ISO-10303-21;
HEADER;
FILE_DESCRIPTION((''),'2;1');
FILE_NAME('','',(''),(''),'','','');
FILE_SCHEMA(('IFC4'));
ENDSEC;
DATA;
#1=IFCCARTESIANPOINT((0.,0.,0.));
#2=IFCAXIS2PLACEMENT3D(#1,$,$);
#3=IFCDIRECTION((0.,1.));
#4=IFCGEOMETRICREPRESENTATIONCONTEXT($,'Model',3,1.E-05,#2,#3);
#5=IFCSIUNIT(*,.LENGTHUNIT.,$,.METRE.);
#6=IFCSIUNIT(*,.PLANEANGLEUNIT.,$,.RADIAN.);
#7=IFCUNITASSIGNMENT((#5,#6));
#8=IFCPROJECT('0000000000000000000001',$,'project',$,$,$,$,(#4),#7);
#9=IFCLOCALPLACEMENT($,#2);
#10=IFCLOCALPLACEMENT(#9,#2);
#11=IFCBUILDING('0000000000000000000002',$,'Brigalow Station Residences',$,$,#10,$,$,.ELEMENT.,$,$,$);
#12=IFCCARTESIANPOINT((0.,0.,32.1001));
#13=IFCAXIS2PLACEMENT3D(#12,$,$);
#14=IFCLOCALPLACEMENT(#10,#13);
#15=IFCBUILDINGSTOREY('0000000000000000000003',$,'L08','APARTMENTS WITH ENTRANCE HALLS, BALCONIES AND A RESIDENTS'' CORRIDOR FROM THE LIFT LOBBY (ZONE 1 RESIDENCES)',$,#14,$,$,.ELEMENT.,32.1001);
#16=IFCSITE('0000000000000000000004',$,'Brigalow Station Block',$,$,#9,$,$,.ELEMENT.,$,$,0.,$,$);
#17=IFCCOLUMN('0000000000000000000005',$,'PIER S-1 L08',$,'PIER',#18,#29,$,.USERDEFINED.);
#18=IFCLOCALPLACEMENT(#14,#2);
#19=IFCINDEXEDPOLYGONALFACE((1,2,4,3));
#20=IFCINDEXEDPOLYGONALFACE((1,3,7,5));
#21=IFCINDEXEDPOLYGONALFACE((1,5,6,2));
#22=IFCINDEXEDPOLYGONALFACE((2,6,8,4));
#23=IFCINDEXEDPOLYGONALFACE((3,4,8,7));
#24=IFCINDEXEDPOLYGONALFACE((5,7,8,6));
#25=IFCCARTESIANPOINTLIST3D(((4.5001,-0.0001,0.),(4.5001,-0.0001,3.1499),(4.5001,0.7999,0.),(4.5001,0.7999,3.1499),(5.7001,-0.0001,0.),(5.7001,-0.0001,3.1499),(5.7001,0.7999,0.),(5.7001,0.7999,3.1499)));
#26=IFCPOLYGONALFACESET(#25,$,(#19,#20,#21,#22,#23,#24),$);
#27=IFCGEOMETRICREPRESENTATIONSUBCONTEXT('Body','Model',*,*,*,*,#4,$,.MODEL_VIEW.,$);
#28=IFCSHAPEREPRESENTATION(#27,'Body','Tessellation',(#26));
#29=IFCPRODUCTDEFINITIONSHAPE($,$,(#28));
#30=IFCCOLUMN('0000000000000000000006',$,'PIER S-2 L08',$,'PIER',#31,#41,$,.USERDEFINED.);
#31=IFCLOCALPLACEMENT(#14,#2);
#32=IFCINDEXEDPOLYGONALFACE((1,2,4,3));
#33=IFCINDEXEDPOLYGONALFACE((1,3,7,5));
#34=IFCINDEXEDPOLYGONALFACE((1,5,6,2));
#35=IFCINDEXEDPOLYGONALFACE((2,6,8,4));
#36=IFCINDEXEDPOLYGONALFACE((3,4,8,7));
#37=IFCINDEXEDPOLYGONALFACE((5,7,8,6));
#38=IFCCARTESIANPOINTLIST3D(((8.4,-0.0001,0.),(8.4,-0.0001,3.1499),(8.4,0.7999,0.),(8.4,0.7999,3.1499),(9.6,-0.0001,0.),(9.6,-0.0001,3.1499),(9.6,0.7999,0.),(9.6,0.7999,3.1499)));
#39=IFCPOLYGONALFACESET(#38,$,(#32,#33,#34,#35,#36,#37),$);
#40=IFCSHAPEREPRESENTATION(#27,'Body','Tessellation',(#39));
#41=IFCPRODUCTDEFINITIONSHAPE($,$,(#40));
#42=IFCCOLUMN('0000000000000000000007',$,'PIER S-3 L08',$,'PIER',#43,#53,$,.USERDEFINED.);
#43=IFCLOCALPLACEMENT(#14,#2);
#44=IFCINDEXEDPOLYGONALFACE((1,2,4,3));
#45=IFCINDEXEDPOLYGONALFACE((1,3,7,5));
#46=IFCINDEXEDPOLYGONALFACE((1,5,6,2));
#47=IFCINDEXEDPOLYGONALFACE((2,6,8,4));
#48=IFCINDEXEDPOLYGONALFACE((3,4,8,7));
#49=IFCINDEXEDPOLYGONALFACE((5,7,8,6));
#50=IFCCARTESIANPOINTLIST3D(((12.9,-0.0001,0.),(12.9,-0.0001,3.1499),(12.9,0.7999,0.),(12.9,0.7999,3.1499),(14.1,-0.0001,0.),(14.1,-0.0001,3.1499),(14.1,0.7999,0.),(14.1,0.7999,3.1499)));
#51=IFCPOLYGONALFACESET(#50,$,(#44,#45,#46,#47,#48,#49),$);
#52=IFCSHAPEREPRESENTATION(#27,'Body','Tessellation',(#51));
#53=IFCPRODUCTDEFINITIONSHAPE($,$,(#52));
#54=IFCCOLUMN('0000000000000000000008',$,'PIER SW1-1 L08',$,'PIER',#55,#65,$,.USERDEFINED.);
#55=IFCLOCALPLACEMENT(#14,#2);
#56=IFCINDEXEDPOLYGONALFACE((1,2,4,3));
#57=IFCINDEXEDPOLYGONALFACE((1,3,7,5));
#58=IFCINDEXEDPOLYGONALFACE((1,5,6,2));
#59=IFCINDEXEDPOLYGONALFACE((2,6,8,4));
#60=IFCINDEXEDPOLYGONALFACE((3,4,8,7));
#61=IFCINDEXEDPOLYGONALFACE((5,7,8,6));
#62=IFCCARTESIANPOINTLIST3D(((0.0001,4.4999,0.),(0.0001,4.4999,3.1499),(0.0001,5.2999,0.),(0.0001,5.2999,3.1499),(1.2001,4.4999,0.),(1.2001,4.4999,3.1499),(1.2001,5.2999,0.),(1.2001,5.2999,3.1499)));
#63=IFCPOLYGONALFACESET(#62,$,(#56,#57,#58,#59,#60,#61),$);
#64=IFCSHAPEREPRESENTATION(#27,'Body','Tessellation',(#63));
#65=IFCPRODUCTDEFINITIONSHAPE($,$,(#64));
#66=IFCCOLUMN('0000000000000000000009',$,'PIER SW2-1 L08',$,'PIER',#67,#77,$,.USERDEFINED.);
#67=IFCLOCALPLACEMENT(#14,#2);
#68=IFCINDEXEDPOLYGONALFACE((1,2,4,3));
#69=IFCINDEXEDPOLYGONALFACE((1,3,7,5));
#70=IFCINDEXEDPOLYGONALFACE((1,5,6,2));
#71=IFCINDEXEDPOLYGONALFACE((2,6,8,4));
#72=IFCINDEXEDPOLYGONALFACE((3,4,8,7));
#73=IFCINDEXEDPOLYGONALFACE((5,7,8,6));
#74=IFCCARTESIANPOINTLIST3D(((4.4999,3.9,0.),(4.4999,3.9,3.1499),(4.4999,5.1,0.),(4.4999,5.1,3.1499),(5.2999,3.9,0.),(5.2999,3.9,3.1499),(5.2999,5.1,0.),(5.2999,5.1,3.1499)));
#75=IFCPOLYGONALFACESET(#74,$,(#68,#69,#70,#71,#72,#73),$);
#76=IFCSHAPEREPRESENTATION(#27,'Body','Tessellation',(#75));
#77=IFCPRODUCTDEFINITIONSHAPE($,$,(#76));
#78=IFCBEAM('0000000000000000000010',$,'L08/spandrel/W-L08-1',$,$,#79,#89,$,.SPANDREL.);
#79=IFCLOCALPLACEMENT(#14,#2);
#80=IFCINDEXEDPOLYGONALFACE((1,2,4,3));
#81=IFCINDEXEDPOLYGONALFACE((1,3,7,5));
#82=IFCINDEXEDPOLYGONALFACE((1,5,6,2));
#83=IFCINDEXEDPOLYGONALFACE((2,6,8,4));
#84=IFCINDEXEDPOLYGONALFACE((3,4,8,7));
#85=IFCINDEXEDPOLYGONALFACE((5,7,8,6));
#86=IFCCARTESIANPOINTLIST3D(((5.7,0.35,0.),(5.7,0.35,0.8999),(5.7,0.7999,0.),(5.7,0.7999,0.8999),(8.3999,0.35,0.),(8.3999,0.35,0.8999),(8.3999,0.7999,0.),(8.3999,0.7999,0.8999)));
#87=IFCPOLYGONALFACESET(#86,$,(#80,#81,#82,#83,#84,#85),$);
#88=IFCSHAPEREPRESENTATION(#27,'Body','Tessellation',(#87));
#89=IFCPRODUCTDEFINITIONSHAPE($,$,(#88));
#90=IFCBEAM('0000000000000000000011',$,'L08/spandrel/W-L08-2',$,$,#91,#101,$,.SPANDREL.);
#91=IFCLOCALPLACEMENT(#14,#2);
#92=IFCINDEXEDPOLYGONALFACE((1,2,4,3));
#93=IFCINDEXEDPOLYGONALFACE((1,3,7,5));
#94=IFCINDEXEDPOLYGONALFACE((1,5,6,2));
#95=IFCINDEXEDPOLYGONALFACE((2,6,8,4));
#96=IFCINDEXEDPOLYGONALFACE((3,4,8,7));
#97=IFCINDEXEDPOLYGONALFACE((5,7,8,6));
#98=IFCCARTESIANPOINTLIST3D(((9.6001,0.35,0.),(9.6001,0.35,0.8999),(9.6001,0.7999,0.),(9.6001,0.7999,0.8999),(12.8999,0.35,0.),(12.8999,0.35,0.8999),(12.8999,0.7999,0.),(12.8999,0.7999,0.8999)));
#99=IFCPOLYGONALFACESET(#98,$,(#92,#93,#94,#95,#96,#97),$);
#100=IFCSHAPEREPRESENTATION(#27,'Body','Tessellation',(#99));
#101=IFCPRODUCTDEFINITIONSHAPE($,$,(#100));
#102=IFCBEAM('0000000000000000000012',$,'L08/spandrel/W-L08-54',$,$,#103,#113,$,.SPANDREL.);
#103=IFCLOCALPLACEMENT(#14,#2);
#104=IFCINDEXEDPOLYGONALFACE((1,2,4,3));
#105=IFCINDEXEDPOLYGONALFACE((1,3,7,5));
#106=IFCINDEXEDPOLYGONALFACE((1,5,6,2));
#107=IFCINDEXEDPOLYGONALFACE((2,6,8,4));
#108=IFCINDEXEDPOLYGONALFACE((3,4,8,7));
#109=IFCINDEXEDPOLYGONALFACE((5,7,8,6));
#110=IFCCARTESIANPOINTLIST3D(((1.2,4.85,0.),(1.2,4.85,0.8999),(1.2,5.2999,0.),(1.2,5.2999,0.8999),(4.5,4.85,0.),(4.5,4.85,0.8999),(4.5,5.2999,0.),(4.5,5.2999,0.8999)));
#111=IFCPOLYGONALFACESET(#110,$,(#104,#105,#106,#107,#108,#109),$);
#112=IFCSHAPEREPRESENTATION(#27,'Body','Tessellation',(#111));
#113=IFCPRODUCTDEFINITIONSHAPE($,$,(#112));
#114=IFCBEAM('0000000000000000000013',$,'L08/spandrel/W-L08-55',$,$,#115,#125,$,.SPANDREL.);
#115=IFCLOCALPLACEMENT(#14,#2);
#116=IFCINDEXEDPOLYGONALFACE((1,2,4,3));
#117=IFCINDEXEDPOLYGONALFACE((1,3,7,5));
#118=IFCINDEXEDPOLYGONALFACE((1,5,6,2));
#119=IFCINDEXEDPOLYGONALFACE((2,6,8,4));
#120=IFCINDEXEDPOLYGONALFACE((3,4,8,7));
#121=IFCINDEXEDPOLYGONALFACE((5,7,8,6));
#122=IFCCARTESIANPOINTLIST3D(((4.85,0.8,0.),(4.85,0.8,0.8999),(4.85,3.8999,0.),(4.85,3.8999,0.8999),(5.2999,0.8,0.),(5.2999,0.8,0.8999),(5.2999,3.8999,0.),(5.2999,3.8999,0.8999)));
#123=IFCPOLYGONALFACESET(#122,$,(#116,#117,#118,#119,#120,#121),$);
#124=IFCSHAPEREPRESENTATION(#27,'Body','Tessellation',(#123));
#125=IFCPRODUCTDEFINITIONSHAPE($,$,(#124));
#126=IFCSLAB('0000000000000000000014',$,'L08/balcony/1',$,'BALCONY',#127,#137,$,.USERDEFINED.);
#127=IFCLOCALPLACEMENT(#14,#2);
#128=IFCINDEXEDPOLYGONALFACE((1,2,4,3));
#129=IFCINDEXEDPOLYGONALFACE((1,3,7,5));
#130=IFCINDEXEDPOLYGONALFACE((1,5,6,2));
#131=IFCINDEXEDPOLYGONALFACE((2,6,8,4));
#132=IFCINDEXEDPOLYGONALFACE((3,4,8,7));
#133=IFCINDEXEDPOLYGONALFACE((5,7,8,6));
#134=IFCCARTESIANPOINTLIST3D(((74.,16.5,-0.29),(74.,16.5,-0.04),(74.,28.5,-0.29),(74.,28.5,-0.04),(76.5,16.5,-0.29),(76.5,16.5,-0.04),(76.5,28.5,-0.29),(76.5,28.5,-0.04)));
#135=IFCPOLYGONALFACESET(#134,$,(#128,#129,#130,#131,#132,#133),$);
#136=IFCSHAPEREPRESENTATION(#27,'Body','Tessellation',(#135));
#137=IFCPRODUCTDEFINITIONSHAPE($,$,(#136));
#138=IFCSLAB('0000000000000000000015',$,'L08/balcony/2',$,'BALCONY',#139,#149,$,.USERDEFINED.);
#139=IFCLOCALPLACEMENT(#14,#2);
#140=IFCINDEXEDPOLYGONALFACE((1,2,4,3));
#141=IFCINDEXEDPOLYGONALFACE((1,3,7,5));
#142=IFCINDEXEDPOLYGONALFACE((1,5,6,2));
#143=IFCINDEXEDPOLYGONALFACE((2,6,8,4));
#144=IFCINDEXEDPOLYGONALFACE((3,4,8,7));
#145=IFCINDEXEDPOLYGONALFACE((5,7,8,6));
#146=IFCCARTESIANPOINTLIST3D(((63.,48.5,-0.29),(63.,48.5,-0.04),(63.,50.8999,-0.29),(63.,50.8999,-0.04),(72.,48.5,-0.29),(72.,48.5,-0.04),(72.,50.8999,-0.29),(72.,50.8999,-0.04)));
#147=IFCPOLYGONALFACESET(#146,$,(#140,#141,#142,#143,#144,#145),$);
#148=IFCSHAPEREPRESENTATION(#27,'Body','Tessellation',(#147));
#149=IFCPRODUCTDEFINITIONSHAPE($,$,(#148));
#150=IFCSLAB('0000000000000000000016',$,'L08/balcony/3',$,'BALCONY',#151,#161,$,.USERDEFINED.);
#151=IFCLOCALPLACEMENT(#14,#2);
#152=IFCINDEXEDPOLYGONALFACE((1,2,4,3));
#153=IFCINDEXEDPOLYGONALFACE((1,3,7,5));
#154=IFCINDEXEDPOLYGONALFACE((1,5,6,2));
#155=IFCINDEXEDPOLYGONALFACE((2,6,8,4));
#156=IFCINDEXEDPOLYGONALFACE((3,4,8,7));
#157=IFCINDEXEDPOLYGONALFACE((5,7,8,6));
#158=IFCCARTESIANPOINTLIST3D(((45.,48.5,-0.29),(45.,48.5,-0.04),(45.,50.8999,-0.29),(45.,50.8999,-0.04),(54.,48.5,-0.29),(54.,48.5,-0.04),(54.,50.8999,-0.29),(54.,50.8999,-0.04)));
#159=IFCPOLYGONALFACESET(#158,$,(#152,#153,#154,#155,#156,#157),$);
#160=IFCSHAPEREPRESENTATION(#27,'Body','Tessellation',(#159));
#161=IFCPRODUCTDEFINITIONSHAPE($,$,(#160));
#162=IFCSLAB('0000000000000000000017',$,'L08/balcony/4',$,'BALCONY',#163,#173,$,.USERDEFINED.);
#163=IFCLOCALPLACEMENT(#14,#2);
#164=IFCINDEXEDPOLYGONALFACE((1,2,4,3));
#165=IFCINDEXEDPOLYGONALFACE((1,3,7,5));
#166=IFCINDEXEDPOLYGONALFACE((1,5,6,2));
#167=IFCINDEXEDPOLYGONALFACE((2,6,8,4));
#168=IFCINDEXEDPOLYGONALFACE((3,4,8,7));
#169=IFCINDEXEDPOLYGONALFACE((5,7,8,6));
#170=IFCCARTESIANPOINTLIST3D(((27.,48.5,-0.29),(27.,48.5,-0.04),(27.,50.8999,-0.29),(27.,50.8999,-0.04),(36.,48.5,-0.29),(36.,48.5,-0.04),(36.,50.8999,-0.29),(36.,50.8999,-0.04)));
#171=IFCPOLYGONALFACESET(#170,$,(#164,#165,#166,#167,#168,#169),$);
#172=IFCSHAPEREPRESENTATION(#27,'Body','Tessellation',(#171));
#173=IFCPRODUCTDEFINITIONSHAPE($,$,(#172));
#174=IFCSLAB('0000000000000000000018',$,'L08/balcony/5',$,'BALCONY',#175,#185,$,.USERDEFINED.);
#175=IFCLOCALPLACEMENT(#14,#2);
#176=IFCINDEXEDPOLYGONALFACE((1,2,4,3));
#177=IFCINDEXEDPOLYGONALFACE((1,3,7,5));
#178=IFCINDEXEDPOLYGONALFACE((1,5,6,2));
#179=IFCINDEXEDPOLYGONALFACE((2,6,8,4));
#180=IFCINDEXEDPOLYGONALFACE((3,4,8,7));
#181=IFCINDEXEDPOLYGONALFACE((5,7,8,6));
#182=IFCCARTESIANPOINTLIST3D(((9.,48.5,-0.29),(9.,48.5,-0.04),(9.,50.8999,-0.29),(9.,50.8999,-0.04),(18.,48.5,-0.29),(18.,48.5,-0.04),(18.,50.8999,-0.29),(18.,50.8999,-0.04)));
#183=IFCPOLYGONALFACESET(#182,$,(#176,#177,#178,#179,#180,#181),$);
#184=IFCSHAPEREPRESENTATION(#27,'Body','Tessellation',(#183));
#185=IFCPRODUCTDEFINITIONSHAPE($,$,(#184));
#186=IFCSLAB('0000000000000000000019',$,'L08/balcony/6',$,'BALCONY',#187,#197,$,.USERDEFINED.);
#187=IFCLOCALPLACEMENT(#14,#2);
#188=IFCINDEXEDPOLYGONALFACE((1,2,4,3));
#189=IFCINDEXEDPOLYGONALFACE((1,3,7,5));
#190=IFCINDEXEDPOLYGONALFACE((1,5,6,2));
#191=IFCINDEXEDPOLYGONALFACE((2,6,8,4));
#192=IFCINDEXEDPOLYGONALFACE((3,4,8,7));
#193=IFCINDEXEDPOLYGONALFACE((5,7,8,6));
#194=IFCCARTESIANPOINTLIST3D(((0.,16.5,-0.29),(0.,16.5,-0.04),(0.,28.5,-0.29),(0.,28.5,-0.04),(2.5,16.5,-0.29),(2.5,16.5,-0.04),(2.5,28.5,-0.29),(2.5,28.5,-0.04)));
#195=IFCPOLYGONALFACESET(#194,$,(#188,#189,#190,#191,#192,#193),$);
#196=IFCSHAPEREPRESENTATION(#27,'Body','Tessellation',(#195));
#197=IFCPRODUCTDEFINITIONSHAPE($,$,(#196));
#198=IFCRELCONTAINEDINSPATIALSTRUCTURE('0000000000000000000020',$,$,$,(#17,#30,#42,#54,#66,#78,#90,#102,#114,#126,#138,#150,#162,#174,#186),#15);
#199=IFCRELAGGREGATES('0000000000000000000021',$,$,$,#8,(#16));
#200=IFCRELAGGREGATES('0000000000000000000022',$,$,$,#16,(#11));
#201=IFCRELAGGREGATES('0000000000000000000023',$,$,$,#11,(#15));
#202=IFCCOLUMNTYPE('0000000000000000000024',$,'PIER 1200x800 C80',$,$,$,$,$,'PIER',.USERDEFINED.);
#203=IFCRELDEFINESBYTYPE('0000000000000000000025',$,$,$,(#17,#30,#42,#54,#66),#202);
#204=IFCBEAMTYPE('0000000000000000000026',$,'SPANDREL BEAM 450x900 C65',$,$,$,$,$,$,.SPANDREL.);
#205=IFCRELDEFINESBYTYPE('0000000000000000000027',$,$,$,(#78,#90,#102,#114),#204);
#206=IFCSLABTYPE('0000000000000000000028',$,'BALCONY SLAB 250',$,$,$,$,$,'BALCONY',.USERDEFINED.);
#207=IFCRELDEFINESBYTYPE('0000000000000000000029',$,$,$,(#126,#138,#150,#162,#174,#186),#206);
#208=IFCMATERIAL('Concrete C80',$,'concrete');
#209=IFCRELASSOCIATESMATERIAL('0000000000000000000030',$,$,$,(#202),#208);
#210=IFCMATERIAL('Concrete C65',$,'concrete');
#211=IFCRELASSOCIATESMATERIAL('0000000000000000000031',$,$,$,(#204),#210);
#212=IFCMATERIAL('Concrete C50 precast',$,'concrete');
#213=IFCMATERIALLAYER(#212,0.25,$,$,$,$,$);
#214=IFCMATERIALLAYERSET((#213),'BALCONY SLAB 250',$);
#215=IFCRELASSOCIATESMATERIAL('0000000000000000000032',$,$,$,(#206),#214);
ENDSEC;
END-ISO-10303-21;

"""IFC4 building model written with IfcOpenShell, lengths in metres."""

from ifc_helpers import new_model, si_unit, direction, frame, origin, origin_2d, place, context, subcontext, project, spatial, polyline, rectangle, outline, extrude, material, layer, layer_set, material_profile, profile_set, type_object, element, save


model = new_model("IFC4")

# Units and contexts
model_context = context("Model", 3, precision=1e-05, world=origin(), true_north=direction((0.0, 1.0)))
body_context = subcontext(model_context, "Body", "Model", "MODEL_VIEW")
ifc_project = project(units=[si_unit("LENGTHUNIT", "METRE"), si_unit("PLANEANGLEUNIT", "RADIAN")], contexts=[model_context])

# Site, building, storey
site_placement = place(None, origin())
site = spatial("IfcSite", under=ifc_project, at=site_placement, Name="Brigalow Station Block", CompositionType="ELEMENT", RefElevation=0.0)
building_placement = place(site_placement, origin())
building = spatial("IfcBuilding", under=site, at=building_placement, Name="Brigalow Station Residences", CompositionType="ELEMENT")
storey_placement = place(building_placement, frame((0.0, 0.0, 32.1001)))
storey = spatial("IfcBuildingStorey", under=building, at=storey_placement, Name="L08", Description="APARTMENTS WITH ENTRANCE HALLS, BALCONIES AND A RESIDENTS' CORRIDOR FROM THE LIFT LOBBY (ZONE 1 RESIDENCES)", CompositionType="ELEMENT", Elevation=32.1001)

# Columns
ifc_material_1 = material(Name="Concrete C80", Category="concrete")
ifc_material_profile_1 = material_profile(ifc_material_1, rectangle(XDim=1.2, YDim=0.8, at=origin_2d()), Name="RC1200x800")
ifc_profile_set_1 = profile_set([ifc_material_profile_1], Name="Concrete C80")
column_type = type_object("IfcColumnType", Name="PIER 1200x800 C80", ElementType="PIER", PredefinedType="USERDEFINED", material=ifc_profile_set_1)
for number, where, z_axis, x_axis, name in (
    (1, (5.1001, 0.3999, 0.0), (0.0, 0.0, 1.0), (1.0, 0.0, 0.0), "PIER S-1 L08"),
    (2, (9.0, 0.3999, 0.0), (0.0, 0.0, 1.0), (1.0, 0.0, 0.0), "PIER S-2 L08"),
    (3, (13.5, 0.3999, 0.0), (0.0, 0.0, 1.0), (1.0, 0.0, 0.0), "PIER S-3 L08"),
    (4, (0.6001, 4.8999, 0.0), (0.0, 0.0, 1.0), (1.0, 0.0, 0.0), "PIER SW1-1 L08"),
    (5, (4.8999, 4.5, 0.0), (0.0, 0.0, 1.0), (0.0, -1.0, 0.0), "PIER SW2-1 L08"),
):
    element("IfcColumn", number, at=place(storey_placement, frame(where, z_axis=z_axis, x_axis=x_axis)), inside=storey, type_object=column_type, Name=name, ObjectType="PIER", PredefinedType="USERDEFINED", context=body_context, shape_type="SweptSolid", body=[
        extrude(rectangle(XDim=1.2, YDim=0.8, at=origin_2d()), origin(), (0.0, 0.0, 1.0), 3.1499),
    ])

# Beams
ifc_material_2 = material(Name="Concrete C65", Category="concrete")
ifc_material_profile_2 = material_profile(ifc_material_2, rectangle(XDim=0.45, YDim=0.8999, at=origin_2d()), Name="RC450x900")
ifc_profile_set_2 = profile_set([ifc_material_profile_2], Name="Concrete C65")
beam_type = type_object("IfcBeamType", Name="SPANDREL BEAM 450x900 C65", PredefinedType="SPANDREL", material=ifc_profile_set_2)
beam_1_placement = place(storey_placement, frame((5.7, 0.575, 0.45), z_axis=(1.0, 0.0, 0.0), x_axis=(0.0, 1.0, 0.0)))
element("IfcBeam", 6, at=beam_1_placement, inside=storey, type_object=beam_type, Name="L08/spandrel/W-L08-1", PredefinedType="SPANDREL", context=body_context, shape_type="SweptSolid", body=[
    extrude(rectangle(XDim=0.45, YDim=0.8999, at=origin_2d()), origin(), (0.0, 0.0, 1.0), 2.7),
])
beam_2_placement = place(storey_placement, frame((9.6001, 0.575, 0.45), z_axis=(1.0, 0.0, 0.0), x_axis=(0.0, 1.0, 0.0)))
element("IfcBeam", 7, at=beam_2_placement, inside=storey, type_object=beam_type, Name="L08/spandrel/W-L08-2", PredefinedType="SPANDREL", context=body_context, shape_type="SweptSolid", body=[
    extrude(rectangle(XDim=0.45, YDim=0.8999, at=origin_2d()), origin(), (0.0, 0.0, 1.0), 3.2998),
])
beam_3_placement = place(storey_placement, frame((1.2, 5.075, 0.45), z_axis=(1.0, 0.0, 0.0), x_axis=(0.0, 1.0, 0.0)))
element("IfcBeam", 8, at=beam_3_placement, inside=storey, type_object=beam_type, Name="L08/spandrel/W-L08-54", PredefinedType="SPANDREL", context=body_context, shape_type="SweptSolid", body=[
    extrude(rectangle(XDim=0.45, YDim=0.8999, at=origin_2d()), origin(), (0.0, 0.0, 1.0), 3.3),
])
beam_4_placement = place(storey_placement, frame((5.075, 3.8999, 0.45), z_axis=(0.0, -1.0, 0.0), x_axis=(1.0, 0.0, 0.0)))
element("IfcBeam", 9, at=beam_4_placement, inside=storey, type_object=beam_type, Name="L08/spandrel/W-L08-55", PredefinedType="SPANDREL", context=body_context, shape_type="SweptSolid", body=[
    extrude(rectangle(XDim=0.45, YDim=0.8999, at=origin_2d()), origin(), (0.0, 0.0, 1.0), 3.0999),
])

# Slabs
ifc_material_3 = material(Name="Concrete C50 precast", Category="concrete")
ifc_layer_1 = layer(ifc_material_3, 0.25)
ifc_layer_set_1 = layer_set([ifc_layer_1], Name="BALCONY SLAB 250")
slab_type_1 = type_object("IfcSlabType", Name="BALCONY SLAB 250", ElementType="BALCONY", PredefinedType="USERDEFINED", material=ifc_layer_set_1)
slab_1_placement = place(storey_placement, frame((0.0, 0.0, -0.29)))
element("IfcSlab", 10, at=slab_1_placement, inside=storey, type_object=slab_type_1, Name="L08/balcony/1", ObjectType="BALCONY", PredefinedType="USERDEFINED", context=body_context, shape_type="SweptSolid", body=[
    extrude(outline(polyline([(74.0, 16.5), (76.5, 16.5), (76.5, 28.5), (74.0, 28.5), (74.0, 16.5)])), origin(), (0.0, 0.0, 1.0), 0.25),
])
slab_2_placement = place(storey_placement, frame((0.0, 0.0, -0.29)))
element("IfcSlab", 11, at=slab_2_placement, inside=storey, type_object=slab_type_1, Name="L08/balcony/2", ObjectType="BALCONY", PredefinedType="USERDEFINED", context=body_context, shape_type="SweptSolid", body=[
    extrude(outline(polyline([(72.0, 48.5), (72.0, 50.8999), (63.0, 50.8999), (63.0, 48.5), (72.0, 48.5)])), origin(), (0.0, 0.0, 1.0), 0.25),
])
slab_3_placement = place(storey_placement, frame((0.0, 0.0, -0.29)))
element("IfcSlab", 12, at=slab_3_placement, inside=storey, type_object=slab_type_1, Name="L08/balcony/3", ObjectType="BALCONY", PredefinedType="USERDEFINED", context=body_context, shape_type="SweptSolid", body=[
    extrude(outline(polyline([(54.0, 48.5), (54.0, 50.8999), (45.0, 50.8999), (45.0, 48.5), (54.0, 48.5)])), origin(), (0.0, 0.0, 1.0), 0.25),
])
slab_4_placement = place(storey_placement, frame((0.0, 0.0, -0.29)))
element("IfcSlab", 13, at=slab_4_placement, inside=storey, type_object=slab_type_1, Name="L08/balcony/4", ObjectType="BALCONY", PredefinedType="USERDEFINED", context=body_context, shape_type="SweptSolid", body=[
    extrude(outline(polyline([(36.0, 48.5), (36.0, 50.8999), (27.0, 50.8999), (27.0, 48.5), (36.0, 48.5)])), origin(), (0.0, 0.0, 1.0), 0.25),
])
slab_5_placement = place(storey_placement, frame((0.0, 0.0, -0.29)))
element("IfcSlab", 14, at=slab_5_placement, inside=storey, type_object=slab_type_1, Name="L08/balcony/5", ObjectType="BALCONY", PredefinedType="USERDEFINED", context=body_context, shape_type="SweptSolid", body=[
    extrude(outline(polyline([(18.0, 48.5), (18.0, 50.8999), (9.0, 50.8999), (9.0, 48.5), (18.0, 48.5)])), origin(), (0.0, 0.0, 1.0), 0.25),
])
slab_6_placement = place(storey_placement, frame((0.0, 0.0, -0.29)))
element("IfcSlab", 15, at=slab_6_placement, inside=storey, type_object=slab_type_1, Name="L08/balcony/6", ObjectType="BALCONY", PredefinedType="USERDEFINED", context=body_context, shape_type="SweptSolid", body=[
    extrude(outline(polyline([(2.5, 28.5), (0.0, 28.5), (0.0, 16.5), (2.5, 16.5), (2.5, 28.5)])), origin(), (0.0, 0.0, 1.0), 0.25),
])

save(model, "model.ifc")
